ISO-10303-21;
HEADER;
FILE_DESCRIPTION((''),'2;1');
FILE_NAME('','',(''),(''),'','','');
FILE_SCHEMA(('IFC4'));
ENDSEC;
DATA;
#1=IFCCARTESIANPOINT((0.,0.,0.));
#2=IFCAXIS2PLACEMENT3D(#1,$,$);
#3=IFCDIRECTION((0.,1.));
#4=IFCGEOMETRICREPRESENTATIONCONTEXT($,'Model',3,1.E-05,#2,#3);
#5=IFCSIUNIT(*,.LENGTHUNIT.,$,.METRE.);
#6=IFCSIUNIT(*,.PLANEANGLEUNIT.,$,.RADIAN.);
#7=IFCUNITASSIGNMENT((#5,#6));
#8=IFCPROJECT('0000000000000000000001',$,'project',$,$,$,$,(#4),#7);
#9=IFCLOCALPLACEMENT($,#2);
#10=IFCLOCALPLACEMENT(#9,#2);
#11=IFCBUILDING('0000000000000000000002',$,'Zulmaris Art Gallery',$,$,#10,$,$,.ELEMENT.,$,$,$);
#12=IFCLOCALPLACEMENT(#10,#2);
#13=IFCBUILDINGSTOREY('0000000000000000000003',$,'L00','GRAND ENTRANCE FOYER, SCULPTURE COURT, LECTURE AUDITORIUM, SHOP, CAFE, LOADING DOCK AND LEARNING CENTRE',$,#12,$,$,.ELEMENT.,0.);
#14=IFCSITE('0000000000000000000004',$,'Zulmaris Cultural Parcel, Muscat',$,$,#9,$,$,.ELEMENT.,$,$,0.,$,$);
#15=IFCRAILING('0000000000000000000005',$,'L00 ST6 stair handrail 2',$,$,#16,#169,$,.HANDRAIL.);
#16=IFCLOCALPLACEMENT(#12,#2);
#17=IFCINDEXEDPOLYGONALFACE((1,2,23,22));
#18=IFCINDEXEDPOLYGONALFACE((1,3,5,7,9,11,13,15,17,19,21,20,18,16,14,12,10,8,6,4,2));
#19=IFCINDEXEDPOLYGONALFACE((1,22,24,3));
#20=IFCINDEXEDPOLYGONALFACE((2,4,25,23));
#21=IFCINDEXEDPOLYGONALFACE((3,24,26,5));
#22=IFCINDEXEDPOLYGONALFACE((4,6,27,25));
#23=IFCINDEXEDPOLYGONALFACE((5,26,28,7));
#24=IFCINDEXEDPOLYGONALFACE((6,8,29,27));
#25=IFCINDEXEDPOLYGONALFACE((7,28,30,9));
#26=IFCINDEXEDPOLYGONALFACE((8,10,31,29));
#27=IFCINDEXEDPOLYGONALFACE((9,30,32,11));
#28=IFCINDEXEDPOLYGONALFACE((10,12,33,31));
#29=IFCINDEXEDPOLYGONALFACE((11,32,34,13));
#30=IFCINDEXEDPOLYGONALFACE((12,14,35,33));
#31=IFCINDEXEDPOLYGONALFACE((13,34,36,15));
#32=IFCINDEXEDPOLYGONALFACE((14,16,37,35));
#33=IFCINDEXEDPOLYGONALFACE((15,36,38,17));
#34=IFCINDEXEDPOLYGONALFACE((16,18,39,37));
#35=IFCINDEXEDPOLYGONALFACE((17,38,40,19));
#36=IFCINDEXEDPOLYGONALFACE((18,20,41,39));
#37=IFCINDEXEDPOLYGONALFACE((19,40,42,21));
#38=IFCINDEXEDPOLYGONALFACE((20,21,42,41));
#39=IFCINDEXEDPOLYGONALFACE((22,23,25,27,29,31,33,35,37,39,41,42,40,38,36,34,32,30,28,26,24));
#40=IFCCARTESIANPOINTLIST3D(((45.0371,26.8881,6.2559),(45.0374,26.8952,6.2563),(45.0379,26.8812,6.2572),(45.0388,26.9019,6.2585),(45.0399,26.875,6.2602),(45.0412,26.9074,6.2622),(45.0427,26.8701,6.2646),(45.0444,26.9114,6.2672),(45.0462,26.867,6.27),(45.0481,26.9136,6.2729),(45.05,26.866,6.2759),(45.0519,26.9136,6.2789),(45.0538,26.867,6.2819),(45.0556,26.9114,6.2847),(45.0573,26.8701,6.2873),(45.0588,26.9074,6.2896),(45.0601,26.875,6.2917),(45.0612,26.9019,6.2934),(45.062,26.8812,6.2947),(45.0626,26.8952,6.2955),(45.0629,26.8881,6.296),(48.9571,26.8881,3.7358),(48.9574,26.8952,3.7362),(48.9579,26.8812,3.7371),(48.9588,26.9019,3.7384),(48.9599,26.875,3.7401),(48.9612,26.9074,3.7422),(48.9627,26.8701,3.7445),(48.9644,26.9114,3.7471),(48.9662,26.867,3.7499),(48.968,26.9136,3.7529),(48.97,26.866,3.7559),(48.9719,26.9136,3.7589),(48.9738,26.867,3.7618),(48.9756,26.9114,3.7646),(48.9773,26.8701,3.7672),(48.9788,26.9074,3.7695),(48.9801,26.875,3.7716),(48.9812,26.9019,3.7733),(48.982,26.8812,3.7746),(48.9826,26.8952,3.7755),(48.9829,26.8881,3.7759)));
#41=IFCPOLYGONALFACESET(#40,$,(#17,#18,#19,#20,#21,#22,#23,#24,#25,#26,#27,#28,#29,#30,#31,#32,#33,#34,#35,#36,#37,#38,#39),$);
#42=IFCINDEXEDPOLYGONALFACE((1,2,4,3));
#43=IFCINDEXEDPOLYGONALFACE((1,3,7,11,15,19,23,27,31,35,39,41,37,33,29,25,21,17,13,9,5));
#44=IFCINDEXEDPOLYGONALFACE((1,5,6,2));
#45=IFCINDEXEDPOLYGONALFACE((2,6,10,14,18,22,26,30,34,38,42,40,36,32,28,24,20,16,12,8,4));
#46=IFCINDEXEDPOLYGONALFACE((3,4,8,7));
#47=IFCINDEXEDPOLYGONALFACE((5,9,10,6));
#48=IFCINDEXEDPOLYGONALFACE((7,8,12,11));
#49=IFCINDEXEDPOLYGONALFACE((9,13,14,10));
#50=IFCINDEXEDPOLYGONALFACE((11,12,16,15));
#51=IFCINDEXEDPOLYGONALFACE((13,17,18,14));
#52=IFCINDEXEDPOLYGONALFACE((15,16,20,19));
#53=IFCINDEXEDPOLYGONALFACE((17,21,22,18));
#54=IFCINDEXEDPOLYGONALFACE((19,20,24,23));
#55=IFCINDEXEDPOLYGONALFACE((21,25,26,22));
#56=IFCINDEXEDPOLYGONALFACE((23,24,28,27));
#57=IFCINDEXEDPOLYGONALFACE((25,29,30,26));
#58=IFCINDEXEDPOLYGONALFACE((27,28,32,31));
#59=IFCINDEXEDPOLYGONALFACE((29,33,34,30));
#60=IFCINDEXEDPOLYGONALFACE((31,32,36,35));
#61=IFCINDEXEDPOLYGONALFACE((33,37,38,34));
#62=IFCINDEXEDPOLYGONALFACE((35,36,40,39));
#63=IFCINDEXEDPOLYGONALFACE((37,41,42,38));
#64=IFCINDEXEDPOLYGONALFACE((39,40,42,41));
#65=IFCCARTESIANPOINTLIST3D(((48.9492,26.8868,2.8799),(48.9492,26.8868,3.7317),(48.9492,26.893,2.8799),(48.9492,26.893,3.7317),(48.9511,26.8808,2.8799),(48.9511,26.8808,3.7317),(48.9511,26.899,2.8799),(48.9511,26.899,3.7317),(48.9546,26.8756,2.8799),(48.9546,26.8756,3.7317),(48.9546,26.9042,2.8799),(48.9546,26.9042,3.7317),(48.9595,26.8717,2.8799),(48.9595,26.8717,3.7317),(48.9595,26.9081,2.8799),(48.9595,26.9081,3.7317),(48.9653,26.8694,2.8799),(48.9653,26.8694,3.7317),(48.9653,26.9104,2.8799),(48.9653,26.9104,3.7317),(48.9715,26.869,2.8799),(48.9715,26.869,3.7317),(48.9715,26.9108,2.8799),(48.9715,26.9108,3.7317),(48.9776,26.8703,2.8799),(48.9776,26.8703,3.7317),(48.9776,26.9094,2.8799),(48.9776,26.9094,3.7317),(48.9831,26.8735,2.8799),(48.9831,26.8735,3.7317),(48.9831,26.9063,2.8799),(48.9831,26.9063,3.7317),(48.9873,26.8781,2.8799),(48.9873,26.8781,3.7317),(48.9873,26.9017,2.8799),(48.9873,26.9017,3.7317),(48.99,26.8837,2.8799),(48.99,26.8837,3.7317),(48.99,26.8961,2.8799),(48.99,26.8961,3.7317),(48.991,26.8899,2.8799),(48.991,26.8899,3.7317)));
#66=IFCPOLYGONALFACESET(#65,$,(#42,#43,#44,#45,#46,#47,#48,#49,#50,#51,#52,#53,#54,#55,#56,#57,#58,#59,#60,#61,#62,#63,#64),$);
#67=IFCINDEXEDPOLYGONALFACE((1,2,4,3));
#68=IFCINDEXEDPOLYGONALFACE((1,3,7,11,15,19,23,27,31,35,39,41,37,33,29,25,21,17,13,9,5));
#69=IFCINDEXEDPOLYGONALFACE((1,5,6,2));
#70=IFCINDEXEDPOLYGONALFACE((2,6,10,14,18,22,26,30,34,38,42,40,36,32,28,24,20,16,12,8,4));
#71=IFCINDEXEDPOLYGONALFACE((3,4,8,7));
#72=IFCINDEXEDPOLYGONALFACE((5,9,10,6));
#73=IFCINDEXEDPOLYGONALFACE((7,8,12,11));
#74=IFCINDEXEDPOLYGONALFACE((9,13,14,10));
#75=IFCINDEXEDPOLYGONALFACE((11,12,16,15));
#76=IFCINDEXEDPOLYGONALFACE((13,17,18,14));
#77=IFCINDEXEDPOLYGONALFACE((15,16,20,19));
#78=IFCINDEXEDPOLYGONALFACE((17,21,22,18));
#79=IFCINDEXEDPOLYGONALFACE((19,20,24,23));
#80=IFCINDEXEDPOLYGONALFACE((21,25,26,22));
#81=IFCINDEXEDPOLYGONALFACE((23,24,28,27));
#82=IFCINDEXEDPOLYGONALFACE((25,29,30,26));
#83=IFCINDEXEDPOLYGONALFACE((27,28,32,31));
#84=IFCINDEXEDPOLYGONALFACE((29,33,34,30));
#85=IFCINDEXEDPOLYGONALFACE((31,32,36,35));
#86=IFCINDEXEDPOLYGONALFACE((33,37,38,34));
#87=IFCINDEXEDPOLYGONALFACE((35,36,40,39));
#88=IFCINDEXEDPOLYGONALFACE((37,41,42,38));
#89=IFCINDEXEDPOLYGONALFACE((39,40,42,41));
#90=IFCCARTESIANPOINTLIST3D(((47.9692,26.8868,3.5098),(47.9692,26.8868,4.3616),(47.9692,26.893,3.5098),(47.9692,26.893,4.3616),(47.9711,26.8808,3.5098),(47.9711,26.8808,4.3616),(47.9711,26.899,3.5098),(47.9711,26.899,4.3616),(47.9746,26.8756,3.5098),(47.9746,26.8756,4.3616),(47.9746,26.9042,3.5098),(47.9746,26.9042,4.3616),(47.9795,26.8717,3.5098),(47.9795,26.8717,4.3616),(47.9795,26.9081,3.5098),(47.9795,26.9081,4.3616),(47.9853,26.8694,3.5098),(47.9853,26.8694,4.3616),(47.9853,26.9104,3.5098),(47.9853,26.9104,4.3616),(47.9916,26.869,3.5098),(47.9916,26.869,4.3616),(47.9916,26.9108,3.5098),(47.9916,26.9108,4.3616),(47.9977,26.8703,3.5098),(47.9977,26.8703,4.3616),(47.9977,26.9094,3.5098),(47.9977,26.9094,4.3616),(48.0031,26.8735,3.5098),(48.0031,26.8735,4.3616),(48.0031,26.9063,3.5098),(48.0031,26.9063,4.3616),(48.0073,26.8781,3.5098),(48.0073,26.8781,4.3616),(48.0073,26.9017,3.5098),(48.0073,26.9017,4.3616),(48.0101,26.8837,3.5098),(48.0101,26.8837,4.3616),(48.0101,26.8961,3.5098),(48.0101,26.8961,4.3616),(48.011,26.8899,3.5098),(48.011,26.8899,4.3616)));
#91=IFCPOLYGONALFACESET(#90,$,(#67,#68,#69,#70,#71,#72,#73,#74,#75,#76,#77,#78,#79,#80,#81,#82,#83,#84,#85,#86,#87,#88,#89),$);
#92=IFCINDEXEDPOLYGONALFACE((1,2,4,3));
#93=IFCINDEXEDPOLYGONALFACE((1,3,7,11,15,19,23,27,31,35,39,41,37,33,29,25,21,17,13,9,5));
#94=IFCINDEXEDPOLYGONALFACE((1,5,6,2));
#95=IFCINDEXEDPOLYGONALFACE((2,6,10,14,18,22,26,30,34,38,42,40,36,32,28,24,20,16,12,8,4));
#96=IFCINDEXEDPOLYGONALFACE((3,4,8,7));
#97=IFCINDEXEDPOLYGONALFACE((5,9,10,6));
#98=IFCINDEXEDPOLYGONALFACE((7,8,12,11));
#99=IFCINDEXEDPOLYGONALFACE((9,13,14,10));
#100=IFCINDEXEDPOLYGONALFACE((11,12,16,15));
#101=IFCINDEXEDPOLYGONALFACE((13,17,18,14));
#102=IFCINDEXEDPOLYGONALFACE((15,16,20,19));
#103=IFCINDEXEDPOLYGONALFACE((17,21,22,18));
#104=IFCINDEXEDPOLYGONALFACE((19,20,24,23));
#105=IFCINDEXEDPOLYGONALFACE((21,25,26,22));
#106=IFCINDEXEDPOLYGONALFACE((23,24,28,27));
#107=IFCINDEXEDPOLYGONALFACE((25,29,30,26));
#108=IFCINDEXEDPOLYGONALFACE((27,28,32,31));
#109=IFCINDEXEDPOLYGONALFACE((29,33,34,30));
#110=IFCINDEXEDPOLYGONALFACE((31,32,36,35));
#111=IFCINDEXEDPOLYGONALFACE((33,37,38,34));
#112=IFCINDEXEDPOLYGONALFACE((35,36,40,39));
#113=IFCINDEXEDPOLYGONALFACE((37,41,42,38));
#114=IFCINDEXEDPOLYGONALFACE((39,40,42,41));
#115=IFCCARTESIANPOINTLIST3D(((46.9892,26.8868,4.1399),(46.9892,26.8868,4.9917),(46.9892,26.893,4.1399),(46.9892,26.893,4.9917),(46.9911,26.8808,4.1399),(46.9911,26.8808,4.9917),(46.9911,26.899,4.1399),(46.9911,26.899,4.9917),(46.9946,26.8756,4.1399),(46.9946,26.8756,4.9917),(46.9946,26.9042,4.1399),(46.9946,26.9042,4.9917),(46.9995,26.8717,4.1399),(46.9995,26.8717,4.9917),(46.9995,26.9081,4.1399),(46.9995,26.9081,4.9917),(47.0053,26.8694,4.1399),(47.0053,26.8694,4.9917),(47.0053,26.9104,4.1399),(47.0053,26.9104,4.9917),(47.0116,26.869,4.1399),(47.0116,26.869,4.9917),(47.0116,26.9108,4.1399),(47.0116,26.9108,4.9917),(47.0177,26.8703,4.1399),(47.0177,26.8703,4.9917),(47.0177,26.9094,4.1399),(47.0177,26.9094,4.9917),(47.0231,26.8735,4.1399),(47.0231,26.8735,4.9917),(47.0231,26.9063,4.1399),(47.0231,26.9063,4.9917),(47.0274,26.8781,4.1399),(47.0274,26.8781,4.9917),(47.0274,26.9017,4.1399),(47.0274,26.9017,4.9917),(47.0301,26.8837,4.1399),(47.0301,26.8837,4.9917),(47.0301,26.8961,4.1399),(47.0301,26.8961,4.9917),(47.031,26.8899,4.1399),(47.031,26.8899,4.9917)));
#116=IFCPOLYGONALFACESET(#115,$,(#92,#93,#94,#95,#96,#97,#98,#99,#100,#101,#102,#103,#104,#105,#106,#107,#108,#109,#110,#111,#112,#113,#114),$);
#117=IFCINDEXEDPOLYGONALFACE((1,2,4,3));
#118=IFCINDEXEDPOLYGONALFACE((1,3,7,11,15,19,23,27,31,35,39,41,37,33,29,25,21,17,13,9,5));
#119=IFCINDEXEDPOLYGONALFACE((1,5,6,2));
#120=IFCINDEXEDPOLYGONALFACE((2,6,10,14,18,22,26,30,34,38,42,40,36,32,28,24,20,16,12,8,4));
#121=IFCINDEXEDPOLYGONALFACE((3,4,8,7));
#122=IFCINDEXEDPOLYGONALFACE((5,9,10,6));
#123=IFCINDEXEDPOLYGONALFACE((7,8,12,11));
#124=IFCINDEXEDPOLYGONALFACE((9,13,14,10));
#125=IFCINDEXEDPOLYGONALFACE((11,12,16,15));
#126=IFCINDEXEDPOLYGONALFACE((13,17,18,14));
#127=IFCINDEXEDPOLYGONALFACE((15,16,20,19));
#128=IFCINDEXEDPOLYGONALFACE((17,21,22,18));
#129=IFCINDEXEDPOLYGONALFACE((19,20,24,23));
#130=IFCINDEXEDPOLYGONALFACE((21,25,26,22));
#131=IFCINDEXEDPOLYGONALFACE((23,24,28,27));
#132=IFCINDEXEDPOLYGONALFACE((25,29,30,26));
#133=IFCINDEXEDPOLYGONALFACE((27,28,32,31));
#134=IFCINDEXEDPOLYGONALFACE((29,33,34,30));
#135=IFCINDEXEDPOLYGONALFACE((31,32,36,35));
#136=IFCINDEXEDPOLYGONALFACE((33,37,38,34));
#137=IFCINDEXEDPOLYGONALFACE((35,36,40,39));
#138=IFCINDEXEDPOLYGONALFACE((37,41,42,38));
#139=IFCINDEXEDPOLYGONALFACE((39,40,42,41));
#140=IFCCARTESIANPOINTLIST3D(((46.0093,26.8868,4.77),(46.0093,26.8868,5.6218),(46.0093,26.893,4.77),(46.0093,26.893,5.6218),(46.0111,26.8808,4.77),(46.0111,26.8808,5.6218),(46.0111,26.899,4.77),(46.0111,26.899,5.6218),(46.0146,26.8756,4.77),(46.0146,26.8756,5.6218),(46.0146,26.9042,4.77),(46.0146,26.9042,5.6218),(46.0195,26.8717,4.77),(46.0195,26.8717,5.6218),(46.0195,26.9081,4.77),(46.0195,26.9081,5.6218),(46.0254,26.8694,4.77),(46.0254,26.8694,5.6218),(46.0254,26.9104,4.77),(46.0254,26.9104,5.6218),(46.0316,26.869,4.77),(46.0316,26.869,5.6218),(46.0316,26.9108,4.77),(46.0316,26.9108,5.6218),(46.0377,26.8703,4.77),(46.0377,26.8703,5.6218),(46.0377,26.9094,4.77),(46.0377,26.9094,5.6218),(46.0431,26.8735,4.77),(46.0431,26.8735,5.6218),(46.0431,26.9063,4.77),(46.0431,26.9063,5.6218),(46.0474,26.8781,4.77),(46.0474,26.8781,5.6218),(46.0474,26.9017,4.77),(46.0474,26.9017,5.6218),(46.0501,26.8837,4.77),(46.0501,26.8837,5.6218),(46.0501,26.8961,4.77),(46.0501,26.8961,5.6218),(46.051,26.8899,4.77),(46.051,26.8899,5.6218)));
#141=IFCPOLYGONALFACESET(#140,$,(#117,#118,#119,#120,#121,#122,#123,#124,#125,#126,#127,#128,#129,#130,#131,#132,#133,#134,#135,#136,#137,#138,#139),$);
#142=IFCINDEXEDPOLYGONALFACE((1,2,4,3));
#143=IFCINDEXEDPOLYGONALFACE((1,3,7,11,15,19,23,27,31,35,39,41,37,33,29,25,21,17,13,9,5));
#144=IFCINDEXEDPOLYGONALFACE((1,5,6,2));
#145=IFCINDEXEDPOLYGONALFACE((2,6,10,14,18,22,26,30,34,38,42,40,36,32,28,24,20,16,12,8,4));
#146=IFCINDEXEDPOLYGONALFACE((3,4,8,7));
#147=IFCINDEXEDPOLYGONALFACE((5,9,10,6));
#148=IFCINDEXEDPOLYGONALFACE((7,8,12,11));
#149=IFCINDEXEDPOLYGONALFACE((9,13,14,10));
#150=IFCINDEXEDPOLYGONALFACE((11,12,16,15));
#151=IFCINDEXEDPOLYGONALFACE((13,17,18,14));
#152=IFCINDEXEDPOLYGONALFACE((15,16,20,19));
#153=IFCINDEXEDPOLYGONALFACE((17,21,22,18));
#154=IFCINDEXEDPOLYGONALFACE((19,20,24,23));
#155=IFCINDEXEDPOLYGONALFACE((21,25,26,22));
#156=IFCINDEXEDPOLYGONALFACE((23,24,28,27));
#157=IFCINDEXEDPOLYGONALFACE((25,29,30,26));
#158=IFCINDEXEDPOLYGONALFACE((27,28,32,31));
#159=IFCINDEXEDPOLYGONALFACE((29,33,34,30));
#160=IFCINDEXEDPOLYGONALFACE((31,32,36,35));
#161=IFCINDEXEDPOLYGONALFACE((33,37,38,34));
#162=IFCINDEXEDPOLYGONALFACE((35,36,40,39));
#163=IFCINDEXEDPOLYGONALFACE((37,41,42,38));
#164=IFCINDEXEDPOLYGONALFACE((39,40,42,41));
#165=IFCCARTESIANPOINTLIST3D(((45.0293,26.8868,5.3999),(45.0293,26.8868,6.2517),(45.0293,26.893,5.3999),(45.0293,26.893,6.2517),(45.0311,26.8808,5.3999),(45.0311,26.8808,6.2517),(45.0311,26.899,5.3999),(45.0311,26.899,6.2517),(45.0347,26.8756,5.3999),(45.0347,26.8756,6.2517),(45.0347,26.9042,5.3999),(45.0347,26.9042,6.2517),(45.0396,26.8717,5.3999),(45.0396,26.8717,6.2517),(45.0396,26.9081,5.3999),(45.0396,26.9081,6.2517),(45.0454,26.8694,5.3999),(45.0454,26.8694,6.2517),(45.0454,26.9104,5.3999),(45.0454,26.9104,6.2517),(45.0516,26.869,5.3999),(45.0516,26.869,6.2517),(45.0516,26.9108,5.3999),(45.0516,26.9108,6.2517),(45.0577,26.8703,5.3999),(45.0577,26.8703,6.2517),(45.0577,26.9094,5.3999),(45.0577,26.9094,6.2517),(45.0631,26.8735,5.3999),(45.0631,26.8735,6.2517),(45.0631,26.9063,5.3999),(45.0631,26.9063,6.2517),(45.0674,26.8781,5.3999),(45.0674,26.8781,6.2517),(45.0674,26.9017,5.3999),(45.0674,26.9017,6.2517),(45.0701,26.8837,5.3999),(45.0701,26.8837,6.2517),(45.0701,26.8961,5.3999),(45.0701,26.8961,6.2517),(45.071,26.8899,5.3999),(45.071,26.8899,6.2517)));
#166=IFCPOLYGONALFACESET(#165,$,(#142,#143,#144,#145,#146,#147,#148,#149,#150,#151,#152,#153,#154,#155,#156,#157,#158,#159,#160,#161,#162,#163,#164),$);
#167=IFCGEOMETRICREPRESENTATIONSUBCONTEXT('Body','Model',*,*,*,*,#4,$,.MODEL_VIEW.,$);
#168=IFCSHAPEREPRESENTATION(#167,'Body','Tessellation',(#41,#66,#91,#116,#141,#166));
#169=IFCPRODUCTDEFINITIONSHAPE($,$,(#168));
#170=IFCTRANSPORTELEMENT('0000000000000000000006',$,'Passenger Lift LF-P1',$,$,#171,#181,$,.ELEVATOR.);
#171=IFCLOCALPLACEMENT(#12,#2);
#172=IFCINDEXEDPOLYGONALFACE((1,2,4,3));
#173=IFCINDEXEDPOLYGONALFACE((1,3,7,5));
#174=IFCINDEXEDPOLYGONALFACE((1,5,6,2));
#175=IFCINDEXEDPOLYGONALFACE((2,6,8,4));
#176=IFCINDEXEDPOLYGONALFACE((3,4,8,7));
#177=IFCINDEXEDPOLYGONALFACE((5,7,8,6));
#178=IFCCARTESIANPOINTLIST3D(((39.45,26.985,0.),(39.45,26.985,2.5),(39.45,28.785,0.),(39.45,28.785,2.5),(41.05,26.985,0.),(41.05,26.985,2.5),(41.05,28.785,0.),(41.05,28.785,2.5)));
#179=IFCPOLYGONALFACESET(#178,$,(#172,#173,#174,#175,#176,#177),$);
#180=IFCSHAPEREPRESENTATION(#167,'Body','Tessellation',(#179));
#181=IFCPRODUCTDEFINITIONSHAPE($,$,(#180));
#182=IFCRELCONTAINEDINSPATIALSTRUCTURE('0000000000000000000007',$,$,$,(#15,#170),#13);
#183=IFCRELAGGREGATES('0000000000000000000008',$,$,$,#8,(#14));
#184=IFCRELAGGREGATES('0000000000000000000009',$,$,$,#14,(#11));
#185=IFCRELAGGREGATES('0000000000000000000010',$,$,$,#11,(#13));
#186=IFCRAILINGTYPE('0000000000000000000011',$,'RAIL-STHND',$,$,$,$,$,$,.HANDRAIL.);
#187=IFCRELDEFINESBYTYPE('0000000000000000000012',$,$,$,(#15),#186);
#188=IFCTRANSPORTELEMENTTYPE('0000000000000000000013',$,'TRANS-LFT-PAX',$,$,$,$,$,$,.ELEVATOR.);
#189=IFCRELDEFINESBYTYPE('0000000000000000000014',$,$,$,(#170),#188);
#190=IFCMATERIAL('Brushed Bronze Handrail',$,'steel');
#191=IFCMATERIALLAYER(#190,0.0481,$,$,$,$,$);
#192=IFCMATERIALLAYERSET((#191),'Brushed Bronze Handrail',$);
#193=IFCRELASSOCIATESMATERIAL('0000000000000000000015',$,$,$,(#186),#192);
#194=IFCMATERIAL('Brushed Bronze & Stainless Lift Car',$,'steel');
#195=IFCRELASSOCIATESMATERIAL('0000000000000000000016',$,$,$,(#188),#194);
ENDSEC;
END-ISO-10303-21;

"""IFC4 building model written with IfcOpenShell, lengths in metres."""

from ifc_helpers import new_model, si_unit, direction, frame, origin, origin_2d, place, context, subcontext, project, spatial, rectangle, circle, extrude, material, layer, layer_set, type_object, element, save


model = new_model("IFC4")

# Units and contexts
model_context = context("Model", 3, precision=1e-05, world=origin(), true_north=direction((0.0, 1.0)))
body_context = subcontext(model_context, "Body", "Model", "MODEL_VIEW")
ifc_project = project(units=[si_unit("LENGTHUNIT", "METRE"), si_unit("PLANEANGLEUNIT", "RADIAN")], contexts=[model_context])

# Site, building, storey
site_placement = place(None, origin())
site = spatial("IfcSite", under=ifc_project, at=site_placement, Name="Zulmaris Cultural Parcel, Muscat", CompositionType="ELEMENT", RefElevation=0.0)
building_placement = place(site_placement, origin())
building = spatial("IfcBuilding", under=site, at=building_placement, Name="Zulmaris Art Gallery", CompositionType="ELEMENT")
storey_placement = place(building_placement, origin())
storey = spatial("IfcBuildingStorey", under=building, at=storey_placement, Name="L00", Description="GRAND ENTRANCE FOYER, SCULPTURE COURT, LECTURE AUDITORIUM, SHOP, CAFE, LOADING DOCK AND LEARNING CENTRE", CompositionType="ELEMENT", Elevation=0.0)

# Railing
ifc_material_1 = material(Name="Brushed Bronze Handrail", Category="steel")
ifc_layer_1 = layer(ifc_material_1, 0.0481)
ifc_layer_set_1 = layer_set([ifc_layer_1], Name="Brushed Bronze Handrail")
railing_type_1 = type_object("IfcRailingType", Name="RAIL-STHND", PredefinedType="HANDRAIL", material=ifc_layer_set_1)
railing_1_placement = place(storey_placement, frame((48.97, 26.8899, 2.8799)))
element("IfcRailing", 1, at=railing_1_placement, inside=storey, type_object=railing_type_1, Name="L00 ST6 stair handrail 2", PredefinedType="HANDRAIL", context=body_context, shape_type="SweptSolid", body=[
    extrude(circle(Radius=0.0239, at=origin_2d()), frame((0.0, 0.0, 0.876), z_axis=(-0.841172, 0.0, 0.540768), x_axis=(0.0, -1.0, 0.0)), (0.0, 0.0, 1.0), 4.6602),
    extrude(circle(Radius=0.021, at=origin_2d()), origin(), (0.0, 0.0, 1.0), 0.8518),
    extrude(circle(Radius=0.021, at=origin_2d()), frame((-0.98, 0.0, 0.6299)), (0.0, 0.0, 1.0), 0.8518),
    extrude(circle(Radius=0.021, at=origin_2d()), frame((-1.96, 0.0, 1.26)), (0.0, 0.0, 1.0), 0.8518),
    extrude(circle(Radius=0.021, at=origin_2d()), frame((-2.9399, 0.0, 1.8901)), (0.0, 0.0, 1.0), 0.8518),
    extrude(circle(Radius=0.021, at=origin_2d()), frame((-3.9199, 0.0, 2.52)), (0.0, 0.0, 1.0), 0.8518),
])

# Transport element
ifc_material_2 = material(Name="Brushed Bronze & Stainless Lift Car", Category="steel")
transport_element_type = type_object("IfcTransportElementType", Name="TRANS-LFT-PAX", PredefinedType="ELEVATOR", material=ifc_material_2)
transport_element_placement = place(storey_placement, frame((40.25, 27.885, 0.0), z_axis=(0.0, 0.0, 1.0), x_axis=(1.0, 0.0, 0.0)))
element("IfcTransportElement", 2, at=transport_element_placement, inside=storey, type_object=transport_element_type, Name="Passenger Lift LF-P1", PredefinedType="ELEVATOR", context=body_context, shape_type="SweptSolid", body=[
    extrude(rectangle(XDim=1.6001, YDim=1.8, at=origin_2d()), origin(), (0.0, 0.0, 1.0), 2.5),
])

save(model, "model.ifc")
